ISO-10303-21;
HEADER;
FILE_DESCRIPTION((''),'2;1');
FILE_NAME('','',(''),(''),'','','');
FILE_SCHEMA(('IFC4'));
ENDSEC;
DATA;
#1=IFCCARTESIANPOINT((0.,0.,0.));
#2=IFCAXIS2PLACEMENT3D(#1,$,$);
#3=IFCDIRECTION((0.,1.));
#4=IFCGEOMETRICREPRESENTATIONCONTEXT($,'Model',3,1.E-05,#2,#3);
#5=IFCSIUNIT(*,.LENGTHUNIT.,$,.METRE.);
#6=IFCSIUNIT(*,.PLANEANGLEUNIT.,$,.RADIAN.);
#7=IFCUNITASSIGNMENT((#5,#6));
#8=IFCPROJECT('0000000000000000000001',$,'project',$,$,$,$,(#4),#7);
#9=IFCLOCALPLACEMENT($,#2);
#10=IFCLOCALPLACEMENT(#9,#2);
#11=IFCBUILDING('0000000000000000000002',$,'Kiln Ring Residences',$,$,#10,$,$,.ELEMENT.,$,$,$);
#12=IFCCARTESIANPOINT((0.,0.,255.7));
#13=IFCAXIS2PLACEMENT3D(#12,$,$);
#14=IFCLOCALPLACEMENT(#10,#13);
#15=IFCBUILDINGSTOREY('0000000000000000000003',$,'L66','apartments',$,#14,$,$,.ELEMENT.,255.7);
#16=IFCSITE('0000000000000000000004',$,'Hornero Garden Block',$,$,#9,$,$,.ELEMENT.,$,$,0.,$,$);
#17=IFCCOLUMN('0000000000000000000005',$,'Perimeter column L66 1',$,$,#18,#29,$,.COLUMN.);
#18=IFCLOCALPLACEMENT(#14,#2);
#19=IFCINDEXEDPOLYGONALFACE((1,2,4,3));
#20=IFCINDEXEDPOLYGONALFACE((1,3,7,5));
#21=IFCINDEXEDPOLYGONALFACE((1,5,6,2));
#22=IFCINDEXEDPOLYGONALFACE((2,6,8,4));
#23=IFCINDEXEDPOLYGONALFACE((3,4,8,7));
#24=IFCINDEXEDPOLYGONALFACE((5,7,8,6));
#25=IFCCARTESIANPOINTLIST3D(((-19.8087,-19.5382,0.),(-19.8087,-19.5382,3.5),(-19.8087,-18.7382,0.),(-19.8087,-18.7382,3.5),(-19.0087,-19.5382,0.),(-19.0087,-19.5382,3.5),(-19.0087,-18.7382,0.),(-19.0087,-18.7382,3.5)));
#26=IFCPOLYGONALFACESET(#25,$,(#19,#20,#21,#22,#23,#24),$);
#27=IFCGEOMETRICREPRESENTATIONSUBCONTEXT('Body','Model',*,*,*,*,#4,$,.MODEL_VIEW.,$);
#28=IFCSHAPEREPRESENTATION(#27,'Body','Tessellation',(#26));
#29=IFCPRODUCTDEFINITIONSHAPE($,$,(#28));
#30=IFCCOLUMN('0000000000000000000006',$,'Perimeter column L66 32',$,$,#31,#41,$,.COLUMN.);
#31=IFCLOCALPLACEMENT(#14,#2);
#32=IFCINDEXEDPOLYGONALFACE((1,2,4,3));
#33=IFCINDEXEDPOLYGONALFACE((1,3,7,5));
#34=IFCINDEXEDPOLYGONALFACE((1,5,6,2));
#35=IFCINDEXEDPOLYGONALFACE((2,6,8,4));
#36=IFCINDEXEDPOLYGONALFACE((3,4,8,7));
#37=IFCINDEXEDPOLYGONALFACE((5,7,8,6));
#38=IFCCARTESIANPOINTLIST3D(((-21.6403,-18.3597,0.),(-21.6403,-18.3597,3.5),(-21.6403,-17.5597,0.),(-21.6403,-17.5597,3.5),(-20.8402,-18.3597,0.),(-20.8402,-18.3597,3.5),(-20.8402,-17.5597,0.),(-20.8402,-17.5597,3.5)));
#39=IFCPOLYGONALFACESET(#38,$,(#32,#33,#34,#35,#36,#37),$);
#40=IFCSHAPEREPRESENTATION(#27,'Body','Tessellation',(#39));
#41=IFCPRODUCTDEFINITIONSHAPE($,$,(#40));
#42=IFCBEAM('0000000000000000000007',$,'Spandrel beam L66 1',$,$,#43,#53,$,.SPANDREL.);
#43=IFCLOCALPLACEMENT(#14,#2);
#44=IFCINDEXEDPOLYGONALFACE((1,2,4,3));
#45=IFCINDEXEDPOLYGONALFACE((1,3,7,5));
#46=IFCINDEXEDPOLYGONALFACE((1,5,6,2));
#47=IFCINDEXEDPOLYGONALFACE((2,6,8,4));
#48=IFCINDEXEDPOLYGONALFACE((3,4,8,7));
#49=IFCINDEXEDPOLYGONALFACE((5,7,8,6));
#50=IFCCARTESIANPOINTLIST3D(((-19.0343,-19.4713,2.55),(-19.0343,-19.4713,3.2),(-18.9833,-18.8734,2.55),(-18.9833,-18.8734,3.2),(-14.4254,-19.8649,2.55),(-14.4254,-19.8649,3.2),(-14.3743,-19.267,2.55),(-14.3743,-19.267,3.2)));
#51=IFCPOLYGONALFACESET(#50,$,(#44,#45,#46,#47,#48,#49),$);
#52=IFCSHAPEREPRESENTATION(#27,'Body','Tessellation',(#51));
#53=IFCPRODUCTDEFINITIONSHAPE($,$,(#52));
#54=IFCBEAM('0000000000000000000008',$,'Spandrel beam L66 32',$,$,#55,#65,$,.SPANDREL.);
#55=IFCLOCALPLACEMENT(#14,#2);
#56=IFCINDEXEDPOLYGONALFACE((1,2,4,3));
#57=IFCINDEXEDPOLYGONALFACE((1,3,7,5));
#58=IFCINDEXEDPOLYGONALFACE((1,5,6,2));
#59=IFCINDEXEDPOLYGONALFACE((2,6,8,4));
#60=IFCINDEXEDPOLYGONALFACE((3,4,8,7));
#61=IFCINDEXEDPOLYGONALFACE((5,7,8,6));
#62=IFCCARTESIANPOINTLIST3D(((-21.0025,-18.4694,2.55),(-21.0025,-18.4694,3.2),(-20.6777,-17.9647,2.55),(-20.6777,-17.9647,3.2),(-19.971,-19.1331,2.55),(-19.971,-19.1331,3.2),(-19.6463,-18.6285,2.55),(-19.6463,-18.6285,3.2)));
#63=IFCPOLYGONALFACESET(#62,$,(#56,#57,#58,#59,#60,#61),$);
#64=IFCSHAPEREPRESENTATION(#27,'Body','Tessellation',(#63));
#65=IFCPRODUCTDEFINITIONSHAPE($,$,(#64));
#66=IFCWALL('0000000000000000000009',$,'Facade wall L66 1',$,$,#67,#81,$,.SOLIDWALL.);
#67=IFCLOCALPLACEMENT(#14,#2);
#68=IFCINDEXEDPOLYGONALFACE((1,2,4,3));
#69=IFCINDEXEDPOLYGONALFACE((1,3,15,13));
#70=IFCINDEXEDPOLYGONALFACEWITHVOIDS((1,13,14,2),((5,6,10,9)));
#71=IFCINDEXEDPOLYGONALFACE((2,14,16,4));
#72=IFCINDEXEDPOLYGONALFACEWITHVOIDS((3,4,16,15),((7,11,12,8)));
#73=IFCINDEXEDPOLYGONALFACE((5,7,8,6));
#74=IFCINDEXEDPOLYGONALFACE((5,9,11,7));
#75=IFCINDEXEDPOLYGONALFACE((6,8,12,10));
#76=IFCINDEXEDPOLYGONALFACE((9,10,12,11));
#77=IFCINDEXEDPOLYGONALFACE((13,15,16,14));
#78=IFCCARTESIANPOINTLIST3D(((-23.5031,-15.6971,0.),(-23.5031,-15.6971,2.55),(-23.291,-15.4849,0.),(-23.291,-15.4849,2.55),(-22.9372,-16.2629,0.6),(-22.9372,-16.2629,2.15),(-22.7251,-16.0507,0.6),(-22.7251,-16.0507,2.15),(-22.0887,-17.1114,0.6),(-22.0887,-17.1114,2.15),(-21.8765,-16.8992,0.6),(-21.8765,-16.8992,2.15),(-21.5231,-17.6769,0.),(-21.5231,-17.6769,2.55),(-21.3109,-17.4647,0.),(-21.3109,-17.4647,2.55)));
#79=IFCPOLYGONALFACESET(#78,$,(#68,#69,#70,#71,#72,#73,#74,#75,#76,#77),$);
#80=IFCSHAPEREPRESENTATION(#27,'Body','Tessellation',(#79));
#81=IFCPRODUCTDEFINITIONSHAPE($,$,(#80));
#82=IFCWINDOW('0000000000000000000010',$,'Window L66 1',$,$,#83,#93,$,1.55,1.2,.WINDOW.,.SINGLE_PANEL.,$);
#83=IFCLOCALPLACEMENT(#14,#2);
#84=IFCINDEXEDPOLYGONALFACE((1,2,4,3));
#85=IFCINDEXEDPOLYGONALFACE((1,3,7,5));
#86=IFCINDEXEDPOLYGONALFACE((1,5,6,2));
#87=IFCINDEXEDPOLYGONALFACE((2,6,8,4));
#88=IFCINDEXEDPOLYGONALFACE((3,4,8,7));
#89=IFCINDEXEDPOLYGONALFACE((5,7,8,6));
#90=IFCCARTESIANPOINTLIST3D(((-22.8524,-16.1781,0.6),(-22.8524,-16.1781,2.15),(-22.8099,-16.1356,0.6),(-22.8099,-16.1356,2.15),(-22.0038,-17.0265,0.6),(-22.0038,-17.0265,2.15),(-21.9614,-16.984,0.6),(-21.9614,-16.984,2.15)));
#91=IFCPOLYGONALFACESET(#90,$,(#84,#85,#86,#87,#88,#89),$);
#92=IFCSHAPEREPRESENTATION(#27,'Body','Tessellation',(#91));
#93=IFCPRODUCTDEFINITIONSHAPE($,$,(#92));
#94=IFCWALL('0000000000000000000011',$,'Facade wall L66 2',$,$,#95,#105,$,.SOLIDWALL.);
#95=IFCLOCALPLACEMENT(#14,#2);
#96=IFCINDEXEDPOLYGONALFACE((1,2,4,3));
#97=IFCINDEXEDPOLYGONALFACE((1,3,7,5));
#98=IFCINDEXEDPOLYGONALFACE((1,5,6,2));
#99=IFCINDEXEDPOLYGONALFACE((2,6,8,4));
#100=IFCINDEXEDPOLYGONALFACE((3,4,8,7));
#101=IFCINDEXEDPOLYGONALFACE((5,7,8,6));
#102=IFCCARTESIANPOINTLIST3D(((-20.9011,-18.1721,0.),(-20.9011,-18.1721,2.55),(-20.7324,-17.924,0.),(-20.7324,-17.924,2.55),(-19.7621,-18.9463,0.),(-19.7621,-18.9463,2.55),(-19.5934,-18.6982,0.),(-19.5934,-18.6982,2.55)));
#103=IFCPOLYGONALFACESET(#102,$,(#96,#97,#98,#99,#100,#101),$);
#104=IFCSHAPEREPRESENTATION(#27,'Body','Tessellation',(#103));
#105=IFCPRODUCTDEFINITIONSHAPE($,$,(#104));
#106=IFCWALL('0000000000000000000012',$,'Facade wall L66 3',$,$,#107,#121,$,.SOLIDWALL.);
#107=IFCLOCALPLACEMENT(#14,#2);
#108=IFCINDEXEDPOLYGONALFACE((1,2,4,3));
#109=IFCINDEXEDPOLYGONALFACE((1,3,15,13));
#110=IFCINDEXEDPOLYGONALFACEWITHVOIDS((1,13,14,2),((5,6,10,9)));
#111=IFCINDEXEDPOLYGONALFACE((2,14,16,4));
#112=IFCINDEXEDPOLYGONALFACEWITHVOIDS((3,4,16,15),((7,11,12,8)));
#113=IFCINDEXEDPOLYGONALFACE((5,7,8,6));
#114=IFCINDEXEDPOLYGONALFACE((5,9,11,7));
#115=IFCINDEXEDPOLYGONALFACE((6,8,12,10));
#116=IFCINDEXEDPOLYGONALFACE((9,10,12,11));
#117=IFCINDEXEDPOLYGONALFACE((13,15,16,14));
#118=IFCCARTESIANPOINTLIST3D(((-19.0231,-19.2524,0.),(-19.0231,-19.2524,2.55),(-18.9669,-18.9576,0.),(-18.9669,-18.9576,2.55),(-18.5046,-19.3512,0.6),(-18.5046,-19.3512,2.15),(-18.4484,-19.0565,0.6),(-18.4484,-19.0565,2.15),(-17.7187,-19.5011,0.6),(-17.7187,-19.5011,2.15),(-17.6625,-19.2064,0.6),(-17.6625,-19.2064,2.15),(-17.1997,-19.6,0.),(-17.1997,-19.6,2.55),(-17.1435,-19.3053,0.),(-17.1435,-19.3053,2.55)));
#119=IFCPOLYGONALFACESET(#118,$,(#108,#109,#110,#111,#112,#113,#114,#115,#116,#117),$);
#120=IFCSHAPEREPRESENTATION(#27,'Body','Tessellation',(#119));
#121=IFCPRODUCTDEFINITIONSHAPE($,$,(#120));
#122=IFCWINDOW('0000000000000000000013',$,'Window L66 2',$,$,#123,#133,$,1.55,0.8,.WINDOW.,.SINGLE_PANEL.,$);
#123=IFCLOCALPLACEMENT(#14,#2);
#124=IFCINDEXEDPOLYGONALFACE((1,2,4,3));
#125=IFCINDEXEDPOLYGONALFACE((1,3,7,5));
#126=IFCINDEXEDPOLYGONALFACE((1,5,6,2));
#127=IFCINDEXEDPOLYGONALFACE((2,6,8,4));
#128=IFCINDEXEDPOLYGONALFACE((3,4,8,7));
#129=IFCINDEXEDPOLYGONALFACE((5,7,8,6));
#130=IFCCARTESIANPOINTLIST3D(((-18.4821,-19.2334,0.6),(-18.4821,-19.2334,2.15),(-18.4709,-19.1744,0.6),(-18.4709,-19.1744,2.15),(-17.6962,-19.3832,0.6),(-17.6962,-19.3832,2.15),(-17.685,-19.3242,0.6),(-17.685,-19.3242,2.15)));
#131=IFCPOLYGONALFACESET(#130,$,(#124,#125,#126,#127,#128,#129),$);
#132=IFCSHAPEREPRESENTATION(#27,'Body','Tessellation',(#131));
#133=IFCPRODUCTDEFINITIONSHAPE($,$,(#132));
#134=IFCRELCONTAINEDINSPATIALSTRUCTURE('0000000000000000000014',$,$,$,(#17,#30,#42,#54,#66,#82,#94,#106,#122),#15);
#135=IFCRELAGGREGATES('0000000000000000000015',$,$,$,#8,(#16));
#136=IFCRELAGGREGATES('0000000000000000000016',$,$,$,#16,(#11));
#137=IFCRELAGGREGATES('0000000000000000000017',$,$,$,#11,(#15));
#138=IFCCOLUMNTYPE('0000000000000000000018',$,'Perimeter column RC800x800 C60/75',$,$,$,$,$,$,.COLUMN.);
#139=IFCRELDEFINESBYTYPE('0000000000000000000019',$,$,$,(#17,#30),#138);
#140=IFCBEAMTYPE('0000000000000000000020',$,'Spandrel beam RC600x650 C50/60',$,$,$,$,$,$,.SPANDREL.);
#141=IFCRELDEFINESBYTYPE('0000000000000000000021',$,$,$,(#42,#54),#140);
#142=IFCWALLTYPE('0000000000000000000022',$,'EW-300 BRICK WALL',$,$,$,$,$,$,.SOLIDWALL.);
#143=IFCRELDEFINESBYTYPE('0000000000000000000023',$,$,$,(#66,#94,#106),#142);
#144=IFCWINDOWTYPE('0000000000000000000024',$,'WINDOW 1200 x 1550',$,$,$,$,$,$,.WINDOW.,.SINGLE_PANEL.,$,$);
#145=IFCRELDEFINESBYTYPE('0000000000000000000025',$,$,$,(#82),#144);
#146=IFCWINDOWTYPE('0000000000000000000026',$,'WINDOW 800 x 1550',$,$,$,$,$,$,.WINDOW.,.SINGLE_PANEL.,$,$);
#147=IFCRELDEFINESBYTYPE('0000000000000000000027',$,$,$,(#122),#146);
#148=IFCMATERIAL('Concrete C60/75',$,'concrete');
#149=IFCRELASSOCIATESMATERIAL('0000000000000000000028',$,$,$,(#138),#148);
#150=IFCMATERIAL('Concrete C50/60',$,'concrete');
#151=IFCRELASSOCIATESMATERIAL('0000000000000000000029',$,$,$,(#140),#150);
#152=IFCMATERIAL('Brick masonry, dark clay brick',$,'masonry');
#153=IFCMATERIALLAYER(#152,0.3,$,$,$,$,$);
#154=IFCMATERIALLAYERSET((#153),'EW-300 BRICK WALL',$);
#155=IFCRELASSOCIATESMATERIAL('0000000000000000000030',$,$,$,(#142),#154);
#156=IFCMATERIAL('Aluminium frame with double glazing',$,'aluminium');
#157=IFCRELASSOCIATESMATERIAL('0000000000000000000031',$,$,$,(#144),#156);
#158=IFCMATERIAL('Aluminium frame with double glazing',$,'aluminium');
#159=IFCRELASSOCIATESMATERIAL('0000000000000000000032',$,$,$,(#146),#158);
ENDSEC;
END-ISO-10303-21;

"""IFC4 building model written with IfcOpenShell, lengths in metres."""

from ifc_helpers import new_model, si_unit, direction, frame, frame_2d, origin, origin_2d, place, context, subcontext, project, spatial, rectangle, extrude, material, layer, layer_set, material_profile, profile_set, type_object, element, fill, save


model = new_model("IFC4")

# Units and contexts
model_context = context("Model", 3, precision=1e-05, world=origin(), true_north=direction((0.0, 1.0)))
body_context = subcontext(model_context, "Body", "Model", "MODEL_VIEW")
ifc_project = project(units=[si_unit("LENGTHUNIT", "METRE"), si_unit("PLANEANGLEUNIT", "RADIAN")], contexts=[model_context])

# Site, building, storey
site_placement = place(None, origin())
site = spatial("IfcSite", under=ifc_project, at=site_placement, Name="Hornero Garden Block", CompositionType="ELEMENT", RefElevation=0.0)
building_placement = place(site_placement, origin())
building = spatial("IfcBuilding", under=site, at=building_placement, Name="Kiln Ring Residences", CompositionType="ELEMENT")
storey_placement = place(building_placement, frame((0.0, 0.0, 255.7)))
storey = spatial("IfcBuildingStorey", under=building, at=storey_placement, Name="L66", Description="apartments", CompositionType="ELEMENT", Elevation=255.7)

# Columns
ifc_material_1 = material(Name="Concrete C60/75", Category="concrete")
ifc_material_profile_1 = material_profile(ifc_material_1, rectangle(XDim=0.8, YDim=0.8, at=origin_2d()), Name="RC800x800")
ifc_profile_set_1 = profile_set([ifc_material_profile_1], Name="Concrete C60/75")
column_type = type_object("IfcColumnType", Name="Perimeter column RC800x800 C60/75", PredefinedType="COLUMN", material=ifc_profile_set_1)
for number, where, z_axis, x_axis, name in (
    (1, (-19.4087, -19.1382, 0.0), (0.0, 0.0, 1.0), (1.0, 0.0, 0.0), "Perimeter column L66 1"),
    (2, (-21.2402, -17.9597, 0.0), (0.0, 0.0, 1.0), (1.0, 0.0, 0.0), "Perimeter column L66 32"),
):
    element("IfcColumn", number, at=place(storey_placement, frame(where, z_axis=z_axis, x_axis=x_axis)), inside=storey, type_object=column_type, Name=name, PredefinedType="COLUMN", context=body_context, shape_type="SweptSolid", body=[
        extrude(rectangle(XDim=0.8, YDim=0.8, at=origin_2d()), origin(), (0.0, 0.0, 1.0), 3.5),
    ])

# Beams
ifc_material_2 = material(Name="Concrete C50/60", Category="concrete")
ifc_material_profile_2 = material_profile(ifc_material_2, rectangle(XDim=0.6001, YDim=0.6499, at=origin_2d()), Name="RC600x650")
ifc_profile_set_2 = profile_set([ifc_material_profile_2], Name="Concrete C50/60")
beam_type = type_object("IfcBeamType", Name="Spandrel beam RC600x650 C50/60", PredefinedType="SPANDREL", material=ifc_profile_set_2)
beam_1_placement = place(storey_placement, frame((-19.0088, -19.1724, 2.875), z_axis=(0.996374, -0.085081, 0.0), x_axis=(0.085081, 0.996374, 0.0)))
element("IfcBeam", 3, at=beam_1_placement, inside=storey, type_object=beam_type, Name="Spandrel beam L66 1", PredefinedType="SPANDREL", context=body_context, shape_type="SweptSolid", body=[
    extrude(rectangle(XDim=0.6001, YDim=0.6499, at=origin_2d()), origin(), (0.0, 0.0, 1.0), 4.6257),
])
beam_2_placement = place(storey_placement, frame((-20.8401, -18.217, 2.875), z_axis=(0.840913, -0.54117, 0.0), x_axis=(0.54117, 0.840913, 0.0)))
element("IfcBeam", 4, at=beam_2_placement, inside=storey, type_object=beam_type, Name="Spandrel beam L66 32", PredefinedType="SPANDREL", context=body_context, shape_type="SweptSolid", body=[
    extrude(rectangle(XDim=0.6001, YDim=0.6499, at=origin_2d()), origin(), (0.0, 0.0, 1.0), 1.2266),
])

# Wall, opening, window
ifc_material_3 = material(Name="Brick masonry, dark clay brick", Category="masonry")
ifc_layer_1 = layer(ifc_material_3, 0.3)
ifc_layer_set_1 = layer_set([ifc_layer_1], Name="EW-300 BRICK WALL")
wall_type_1 = type_object("IfcWallType", Name="EW-300 BRICK WALL", PredefinedType="SOLIDWALL", material=ifc_layer_set_1)
wall_1_placement = place(storey_placement, frame((-23.397, -15.5911, 0.0), z_axis=(0.0, 0.0, 1.0), x_axis=(0.70715, -0.707063, 0.0)))
wall_1 = element("IfcWall", 5, at=wall_1_placement, inside=storey, type_object=wall_type_1, Name="Facade wall L66 1", PredefinedType="SOLIDWALL", context=body_context, shape_type="SweptSolid", body=[
    extrude(rectangle(XDim=2.8, YDim=0.3, at=frame_2d((1.3999, 0.0))), origin(), (0.0, 0.0, 1.0), 2.55),
])
opening_1_placement = place(wall_1_placement, frame((0.8, 0.0, 0.6001)))
opening_1 = element("IfcOpeningElement", 6, at=opening_1_placement, cuts=wall_1, PredefinedType="OPENING", context=body_context, shape_type="SweptSolid", body=[
    extrude(rectangle(XDim=1.2, YDim=1.55, at=frame_2d((0.6001, 0.7749))), frame((0.0, 0.1599, 0.0), z_axis=(0.0, -1.0, 0.0), x_axis=(1.0, 0.0, 0.0)), (0.0, 0.0, 1.0), 0.3201),
])
ifc_material_4 = material(Name="Aluminium frame with double glazing", Category="aluminium")
window_type_1 = type_object("IfcWindowType", Name="WINDOW 1200 x 1550", PartitioningType="SINGLE_PANEL", PredefinedType="WINDOW", material=ifc_material_4)
window_1_placement = place(opening_1_placement, origin())
window_1 = element("IfcWindow", 7, at=window_1_placement, inside=storey, type_object=window_type_1, Name="Window L66 1", OverallHeight=1.55, OverallWidth=1.2, PartitioningType="SINGLE_PANEL", PredefinedType="WINDOW", context=body_context, shape_type="SweptSolid", body=[
    extrude(rectangle(XDim=1.2, YDim=1.55, at=frame_2d((0.6001, 0.7749))), frame((0.0, 0.03, 0.0), z_axis=(0.0, -1.0, 0.0), x_axis=(1.0, 0.0, 0.0)), (0.0, 0.0, 1.0), 0.0601),
])
fill(opening_1, window_1)

# Wall
wall_2_placement = place(storey_placement, frame((-20.8167, -18.0481, 0.0), z_axis=(0.0, 0.0, 1.0), x_axis=(0.827025, -0.562165, 0.0)))
element("IfcWall", 8, at=wall_2_placement, inside=storey, type_object=wall_type_1, Name="Facade wall L66 2", PredefinedType="SOLIDWALL", context=body_context, shape_type="SweptSolid", body=[
    extrude(rectangle(XDim=1.3772, YDim=0.3, at=frame_2d((0.6885, 0.0))), origin(), (0.0, 0.0, 1.0), 2.55),
])

# Wall, opening, window
wall_3_placement = place(storey_placement, frame((-18.9951, -19.105, 0.0), z_axis=(0.0, 0.0, 1.0), x_axis=(0.982302, -0.187306, 0.0)))
wall_3 = element("IfcWall", 9, at=wall_3_placement, inside=storey, type_object=wall_type_1, Name="Facade wall L66 3", PredefinedType="SOLIDWALL", context=body_context, shape_type="SweptSolid", body=[
    extrude(rectangle(XDim=1.8562, YDim=0.3, at=frame_2d((0.9282, 0.0))), origin(), (0.0, 0.0, 1.0), 2.55),
])
opening_2_placement = place(wall_3_placement, frame((0.5281, 0.0, 0.6001)))
opening_2 = element("IfcOpeningElement", 10, at=opening_2_placement, cuts=wall_3, PredefinedType="OPENING", context=body_context, shape_type="SweptSolid", body=[
    extrude(rectangle(XDim=0.8, YDim=1.55, at=frame_2d((0.3999, 0.7749))), frame((0.0, 0.1599, 0.0), z_axis=(0.0, -1.0, 0.0), x_axis=(1.0, 0.0, 0.0)), (0.0, 0.0, 1.0), 0.3201),
])
ifc_material_5 = material(Name="Aluminium frame with double glazing", Category="aluminium")
window_type_2 = type_object("IfcWindowType", Name="WINDOW 800 x 1550", PartitioningType="SINGLE_PANEL", PredefinedType="WINDOW", material=ifc_material_5)
window_2_placement = place(opening_2_placement, origin())
window_2 = element("IfcWindow", 11, at=window_2_placement, inside=storey, type_object=window_type_2, Name="Window L66 2", OverallHeight=1.55, OverallWidth=0.8, PartitioningType="SINGLE_PANEL", PredefinedType="WINDOW", context=body_context, shape_type="SweptSolid", body=[
    extrude(rectangle(XDim=0.8, YDim=1.55, at=frame_2d((0.3999, 0.7749))), frame((0.0, 0.03, 0.0), z_axis=(0.0, -1.0, 0.0), x_axis=(1.0, 0.0, 0.0)), (0.0, 0.0, 1.0), 0.0601),
])
fill(opening_2, window_2)

save(model, "model.ifc")
